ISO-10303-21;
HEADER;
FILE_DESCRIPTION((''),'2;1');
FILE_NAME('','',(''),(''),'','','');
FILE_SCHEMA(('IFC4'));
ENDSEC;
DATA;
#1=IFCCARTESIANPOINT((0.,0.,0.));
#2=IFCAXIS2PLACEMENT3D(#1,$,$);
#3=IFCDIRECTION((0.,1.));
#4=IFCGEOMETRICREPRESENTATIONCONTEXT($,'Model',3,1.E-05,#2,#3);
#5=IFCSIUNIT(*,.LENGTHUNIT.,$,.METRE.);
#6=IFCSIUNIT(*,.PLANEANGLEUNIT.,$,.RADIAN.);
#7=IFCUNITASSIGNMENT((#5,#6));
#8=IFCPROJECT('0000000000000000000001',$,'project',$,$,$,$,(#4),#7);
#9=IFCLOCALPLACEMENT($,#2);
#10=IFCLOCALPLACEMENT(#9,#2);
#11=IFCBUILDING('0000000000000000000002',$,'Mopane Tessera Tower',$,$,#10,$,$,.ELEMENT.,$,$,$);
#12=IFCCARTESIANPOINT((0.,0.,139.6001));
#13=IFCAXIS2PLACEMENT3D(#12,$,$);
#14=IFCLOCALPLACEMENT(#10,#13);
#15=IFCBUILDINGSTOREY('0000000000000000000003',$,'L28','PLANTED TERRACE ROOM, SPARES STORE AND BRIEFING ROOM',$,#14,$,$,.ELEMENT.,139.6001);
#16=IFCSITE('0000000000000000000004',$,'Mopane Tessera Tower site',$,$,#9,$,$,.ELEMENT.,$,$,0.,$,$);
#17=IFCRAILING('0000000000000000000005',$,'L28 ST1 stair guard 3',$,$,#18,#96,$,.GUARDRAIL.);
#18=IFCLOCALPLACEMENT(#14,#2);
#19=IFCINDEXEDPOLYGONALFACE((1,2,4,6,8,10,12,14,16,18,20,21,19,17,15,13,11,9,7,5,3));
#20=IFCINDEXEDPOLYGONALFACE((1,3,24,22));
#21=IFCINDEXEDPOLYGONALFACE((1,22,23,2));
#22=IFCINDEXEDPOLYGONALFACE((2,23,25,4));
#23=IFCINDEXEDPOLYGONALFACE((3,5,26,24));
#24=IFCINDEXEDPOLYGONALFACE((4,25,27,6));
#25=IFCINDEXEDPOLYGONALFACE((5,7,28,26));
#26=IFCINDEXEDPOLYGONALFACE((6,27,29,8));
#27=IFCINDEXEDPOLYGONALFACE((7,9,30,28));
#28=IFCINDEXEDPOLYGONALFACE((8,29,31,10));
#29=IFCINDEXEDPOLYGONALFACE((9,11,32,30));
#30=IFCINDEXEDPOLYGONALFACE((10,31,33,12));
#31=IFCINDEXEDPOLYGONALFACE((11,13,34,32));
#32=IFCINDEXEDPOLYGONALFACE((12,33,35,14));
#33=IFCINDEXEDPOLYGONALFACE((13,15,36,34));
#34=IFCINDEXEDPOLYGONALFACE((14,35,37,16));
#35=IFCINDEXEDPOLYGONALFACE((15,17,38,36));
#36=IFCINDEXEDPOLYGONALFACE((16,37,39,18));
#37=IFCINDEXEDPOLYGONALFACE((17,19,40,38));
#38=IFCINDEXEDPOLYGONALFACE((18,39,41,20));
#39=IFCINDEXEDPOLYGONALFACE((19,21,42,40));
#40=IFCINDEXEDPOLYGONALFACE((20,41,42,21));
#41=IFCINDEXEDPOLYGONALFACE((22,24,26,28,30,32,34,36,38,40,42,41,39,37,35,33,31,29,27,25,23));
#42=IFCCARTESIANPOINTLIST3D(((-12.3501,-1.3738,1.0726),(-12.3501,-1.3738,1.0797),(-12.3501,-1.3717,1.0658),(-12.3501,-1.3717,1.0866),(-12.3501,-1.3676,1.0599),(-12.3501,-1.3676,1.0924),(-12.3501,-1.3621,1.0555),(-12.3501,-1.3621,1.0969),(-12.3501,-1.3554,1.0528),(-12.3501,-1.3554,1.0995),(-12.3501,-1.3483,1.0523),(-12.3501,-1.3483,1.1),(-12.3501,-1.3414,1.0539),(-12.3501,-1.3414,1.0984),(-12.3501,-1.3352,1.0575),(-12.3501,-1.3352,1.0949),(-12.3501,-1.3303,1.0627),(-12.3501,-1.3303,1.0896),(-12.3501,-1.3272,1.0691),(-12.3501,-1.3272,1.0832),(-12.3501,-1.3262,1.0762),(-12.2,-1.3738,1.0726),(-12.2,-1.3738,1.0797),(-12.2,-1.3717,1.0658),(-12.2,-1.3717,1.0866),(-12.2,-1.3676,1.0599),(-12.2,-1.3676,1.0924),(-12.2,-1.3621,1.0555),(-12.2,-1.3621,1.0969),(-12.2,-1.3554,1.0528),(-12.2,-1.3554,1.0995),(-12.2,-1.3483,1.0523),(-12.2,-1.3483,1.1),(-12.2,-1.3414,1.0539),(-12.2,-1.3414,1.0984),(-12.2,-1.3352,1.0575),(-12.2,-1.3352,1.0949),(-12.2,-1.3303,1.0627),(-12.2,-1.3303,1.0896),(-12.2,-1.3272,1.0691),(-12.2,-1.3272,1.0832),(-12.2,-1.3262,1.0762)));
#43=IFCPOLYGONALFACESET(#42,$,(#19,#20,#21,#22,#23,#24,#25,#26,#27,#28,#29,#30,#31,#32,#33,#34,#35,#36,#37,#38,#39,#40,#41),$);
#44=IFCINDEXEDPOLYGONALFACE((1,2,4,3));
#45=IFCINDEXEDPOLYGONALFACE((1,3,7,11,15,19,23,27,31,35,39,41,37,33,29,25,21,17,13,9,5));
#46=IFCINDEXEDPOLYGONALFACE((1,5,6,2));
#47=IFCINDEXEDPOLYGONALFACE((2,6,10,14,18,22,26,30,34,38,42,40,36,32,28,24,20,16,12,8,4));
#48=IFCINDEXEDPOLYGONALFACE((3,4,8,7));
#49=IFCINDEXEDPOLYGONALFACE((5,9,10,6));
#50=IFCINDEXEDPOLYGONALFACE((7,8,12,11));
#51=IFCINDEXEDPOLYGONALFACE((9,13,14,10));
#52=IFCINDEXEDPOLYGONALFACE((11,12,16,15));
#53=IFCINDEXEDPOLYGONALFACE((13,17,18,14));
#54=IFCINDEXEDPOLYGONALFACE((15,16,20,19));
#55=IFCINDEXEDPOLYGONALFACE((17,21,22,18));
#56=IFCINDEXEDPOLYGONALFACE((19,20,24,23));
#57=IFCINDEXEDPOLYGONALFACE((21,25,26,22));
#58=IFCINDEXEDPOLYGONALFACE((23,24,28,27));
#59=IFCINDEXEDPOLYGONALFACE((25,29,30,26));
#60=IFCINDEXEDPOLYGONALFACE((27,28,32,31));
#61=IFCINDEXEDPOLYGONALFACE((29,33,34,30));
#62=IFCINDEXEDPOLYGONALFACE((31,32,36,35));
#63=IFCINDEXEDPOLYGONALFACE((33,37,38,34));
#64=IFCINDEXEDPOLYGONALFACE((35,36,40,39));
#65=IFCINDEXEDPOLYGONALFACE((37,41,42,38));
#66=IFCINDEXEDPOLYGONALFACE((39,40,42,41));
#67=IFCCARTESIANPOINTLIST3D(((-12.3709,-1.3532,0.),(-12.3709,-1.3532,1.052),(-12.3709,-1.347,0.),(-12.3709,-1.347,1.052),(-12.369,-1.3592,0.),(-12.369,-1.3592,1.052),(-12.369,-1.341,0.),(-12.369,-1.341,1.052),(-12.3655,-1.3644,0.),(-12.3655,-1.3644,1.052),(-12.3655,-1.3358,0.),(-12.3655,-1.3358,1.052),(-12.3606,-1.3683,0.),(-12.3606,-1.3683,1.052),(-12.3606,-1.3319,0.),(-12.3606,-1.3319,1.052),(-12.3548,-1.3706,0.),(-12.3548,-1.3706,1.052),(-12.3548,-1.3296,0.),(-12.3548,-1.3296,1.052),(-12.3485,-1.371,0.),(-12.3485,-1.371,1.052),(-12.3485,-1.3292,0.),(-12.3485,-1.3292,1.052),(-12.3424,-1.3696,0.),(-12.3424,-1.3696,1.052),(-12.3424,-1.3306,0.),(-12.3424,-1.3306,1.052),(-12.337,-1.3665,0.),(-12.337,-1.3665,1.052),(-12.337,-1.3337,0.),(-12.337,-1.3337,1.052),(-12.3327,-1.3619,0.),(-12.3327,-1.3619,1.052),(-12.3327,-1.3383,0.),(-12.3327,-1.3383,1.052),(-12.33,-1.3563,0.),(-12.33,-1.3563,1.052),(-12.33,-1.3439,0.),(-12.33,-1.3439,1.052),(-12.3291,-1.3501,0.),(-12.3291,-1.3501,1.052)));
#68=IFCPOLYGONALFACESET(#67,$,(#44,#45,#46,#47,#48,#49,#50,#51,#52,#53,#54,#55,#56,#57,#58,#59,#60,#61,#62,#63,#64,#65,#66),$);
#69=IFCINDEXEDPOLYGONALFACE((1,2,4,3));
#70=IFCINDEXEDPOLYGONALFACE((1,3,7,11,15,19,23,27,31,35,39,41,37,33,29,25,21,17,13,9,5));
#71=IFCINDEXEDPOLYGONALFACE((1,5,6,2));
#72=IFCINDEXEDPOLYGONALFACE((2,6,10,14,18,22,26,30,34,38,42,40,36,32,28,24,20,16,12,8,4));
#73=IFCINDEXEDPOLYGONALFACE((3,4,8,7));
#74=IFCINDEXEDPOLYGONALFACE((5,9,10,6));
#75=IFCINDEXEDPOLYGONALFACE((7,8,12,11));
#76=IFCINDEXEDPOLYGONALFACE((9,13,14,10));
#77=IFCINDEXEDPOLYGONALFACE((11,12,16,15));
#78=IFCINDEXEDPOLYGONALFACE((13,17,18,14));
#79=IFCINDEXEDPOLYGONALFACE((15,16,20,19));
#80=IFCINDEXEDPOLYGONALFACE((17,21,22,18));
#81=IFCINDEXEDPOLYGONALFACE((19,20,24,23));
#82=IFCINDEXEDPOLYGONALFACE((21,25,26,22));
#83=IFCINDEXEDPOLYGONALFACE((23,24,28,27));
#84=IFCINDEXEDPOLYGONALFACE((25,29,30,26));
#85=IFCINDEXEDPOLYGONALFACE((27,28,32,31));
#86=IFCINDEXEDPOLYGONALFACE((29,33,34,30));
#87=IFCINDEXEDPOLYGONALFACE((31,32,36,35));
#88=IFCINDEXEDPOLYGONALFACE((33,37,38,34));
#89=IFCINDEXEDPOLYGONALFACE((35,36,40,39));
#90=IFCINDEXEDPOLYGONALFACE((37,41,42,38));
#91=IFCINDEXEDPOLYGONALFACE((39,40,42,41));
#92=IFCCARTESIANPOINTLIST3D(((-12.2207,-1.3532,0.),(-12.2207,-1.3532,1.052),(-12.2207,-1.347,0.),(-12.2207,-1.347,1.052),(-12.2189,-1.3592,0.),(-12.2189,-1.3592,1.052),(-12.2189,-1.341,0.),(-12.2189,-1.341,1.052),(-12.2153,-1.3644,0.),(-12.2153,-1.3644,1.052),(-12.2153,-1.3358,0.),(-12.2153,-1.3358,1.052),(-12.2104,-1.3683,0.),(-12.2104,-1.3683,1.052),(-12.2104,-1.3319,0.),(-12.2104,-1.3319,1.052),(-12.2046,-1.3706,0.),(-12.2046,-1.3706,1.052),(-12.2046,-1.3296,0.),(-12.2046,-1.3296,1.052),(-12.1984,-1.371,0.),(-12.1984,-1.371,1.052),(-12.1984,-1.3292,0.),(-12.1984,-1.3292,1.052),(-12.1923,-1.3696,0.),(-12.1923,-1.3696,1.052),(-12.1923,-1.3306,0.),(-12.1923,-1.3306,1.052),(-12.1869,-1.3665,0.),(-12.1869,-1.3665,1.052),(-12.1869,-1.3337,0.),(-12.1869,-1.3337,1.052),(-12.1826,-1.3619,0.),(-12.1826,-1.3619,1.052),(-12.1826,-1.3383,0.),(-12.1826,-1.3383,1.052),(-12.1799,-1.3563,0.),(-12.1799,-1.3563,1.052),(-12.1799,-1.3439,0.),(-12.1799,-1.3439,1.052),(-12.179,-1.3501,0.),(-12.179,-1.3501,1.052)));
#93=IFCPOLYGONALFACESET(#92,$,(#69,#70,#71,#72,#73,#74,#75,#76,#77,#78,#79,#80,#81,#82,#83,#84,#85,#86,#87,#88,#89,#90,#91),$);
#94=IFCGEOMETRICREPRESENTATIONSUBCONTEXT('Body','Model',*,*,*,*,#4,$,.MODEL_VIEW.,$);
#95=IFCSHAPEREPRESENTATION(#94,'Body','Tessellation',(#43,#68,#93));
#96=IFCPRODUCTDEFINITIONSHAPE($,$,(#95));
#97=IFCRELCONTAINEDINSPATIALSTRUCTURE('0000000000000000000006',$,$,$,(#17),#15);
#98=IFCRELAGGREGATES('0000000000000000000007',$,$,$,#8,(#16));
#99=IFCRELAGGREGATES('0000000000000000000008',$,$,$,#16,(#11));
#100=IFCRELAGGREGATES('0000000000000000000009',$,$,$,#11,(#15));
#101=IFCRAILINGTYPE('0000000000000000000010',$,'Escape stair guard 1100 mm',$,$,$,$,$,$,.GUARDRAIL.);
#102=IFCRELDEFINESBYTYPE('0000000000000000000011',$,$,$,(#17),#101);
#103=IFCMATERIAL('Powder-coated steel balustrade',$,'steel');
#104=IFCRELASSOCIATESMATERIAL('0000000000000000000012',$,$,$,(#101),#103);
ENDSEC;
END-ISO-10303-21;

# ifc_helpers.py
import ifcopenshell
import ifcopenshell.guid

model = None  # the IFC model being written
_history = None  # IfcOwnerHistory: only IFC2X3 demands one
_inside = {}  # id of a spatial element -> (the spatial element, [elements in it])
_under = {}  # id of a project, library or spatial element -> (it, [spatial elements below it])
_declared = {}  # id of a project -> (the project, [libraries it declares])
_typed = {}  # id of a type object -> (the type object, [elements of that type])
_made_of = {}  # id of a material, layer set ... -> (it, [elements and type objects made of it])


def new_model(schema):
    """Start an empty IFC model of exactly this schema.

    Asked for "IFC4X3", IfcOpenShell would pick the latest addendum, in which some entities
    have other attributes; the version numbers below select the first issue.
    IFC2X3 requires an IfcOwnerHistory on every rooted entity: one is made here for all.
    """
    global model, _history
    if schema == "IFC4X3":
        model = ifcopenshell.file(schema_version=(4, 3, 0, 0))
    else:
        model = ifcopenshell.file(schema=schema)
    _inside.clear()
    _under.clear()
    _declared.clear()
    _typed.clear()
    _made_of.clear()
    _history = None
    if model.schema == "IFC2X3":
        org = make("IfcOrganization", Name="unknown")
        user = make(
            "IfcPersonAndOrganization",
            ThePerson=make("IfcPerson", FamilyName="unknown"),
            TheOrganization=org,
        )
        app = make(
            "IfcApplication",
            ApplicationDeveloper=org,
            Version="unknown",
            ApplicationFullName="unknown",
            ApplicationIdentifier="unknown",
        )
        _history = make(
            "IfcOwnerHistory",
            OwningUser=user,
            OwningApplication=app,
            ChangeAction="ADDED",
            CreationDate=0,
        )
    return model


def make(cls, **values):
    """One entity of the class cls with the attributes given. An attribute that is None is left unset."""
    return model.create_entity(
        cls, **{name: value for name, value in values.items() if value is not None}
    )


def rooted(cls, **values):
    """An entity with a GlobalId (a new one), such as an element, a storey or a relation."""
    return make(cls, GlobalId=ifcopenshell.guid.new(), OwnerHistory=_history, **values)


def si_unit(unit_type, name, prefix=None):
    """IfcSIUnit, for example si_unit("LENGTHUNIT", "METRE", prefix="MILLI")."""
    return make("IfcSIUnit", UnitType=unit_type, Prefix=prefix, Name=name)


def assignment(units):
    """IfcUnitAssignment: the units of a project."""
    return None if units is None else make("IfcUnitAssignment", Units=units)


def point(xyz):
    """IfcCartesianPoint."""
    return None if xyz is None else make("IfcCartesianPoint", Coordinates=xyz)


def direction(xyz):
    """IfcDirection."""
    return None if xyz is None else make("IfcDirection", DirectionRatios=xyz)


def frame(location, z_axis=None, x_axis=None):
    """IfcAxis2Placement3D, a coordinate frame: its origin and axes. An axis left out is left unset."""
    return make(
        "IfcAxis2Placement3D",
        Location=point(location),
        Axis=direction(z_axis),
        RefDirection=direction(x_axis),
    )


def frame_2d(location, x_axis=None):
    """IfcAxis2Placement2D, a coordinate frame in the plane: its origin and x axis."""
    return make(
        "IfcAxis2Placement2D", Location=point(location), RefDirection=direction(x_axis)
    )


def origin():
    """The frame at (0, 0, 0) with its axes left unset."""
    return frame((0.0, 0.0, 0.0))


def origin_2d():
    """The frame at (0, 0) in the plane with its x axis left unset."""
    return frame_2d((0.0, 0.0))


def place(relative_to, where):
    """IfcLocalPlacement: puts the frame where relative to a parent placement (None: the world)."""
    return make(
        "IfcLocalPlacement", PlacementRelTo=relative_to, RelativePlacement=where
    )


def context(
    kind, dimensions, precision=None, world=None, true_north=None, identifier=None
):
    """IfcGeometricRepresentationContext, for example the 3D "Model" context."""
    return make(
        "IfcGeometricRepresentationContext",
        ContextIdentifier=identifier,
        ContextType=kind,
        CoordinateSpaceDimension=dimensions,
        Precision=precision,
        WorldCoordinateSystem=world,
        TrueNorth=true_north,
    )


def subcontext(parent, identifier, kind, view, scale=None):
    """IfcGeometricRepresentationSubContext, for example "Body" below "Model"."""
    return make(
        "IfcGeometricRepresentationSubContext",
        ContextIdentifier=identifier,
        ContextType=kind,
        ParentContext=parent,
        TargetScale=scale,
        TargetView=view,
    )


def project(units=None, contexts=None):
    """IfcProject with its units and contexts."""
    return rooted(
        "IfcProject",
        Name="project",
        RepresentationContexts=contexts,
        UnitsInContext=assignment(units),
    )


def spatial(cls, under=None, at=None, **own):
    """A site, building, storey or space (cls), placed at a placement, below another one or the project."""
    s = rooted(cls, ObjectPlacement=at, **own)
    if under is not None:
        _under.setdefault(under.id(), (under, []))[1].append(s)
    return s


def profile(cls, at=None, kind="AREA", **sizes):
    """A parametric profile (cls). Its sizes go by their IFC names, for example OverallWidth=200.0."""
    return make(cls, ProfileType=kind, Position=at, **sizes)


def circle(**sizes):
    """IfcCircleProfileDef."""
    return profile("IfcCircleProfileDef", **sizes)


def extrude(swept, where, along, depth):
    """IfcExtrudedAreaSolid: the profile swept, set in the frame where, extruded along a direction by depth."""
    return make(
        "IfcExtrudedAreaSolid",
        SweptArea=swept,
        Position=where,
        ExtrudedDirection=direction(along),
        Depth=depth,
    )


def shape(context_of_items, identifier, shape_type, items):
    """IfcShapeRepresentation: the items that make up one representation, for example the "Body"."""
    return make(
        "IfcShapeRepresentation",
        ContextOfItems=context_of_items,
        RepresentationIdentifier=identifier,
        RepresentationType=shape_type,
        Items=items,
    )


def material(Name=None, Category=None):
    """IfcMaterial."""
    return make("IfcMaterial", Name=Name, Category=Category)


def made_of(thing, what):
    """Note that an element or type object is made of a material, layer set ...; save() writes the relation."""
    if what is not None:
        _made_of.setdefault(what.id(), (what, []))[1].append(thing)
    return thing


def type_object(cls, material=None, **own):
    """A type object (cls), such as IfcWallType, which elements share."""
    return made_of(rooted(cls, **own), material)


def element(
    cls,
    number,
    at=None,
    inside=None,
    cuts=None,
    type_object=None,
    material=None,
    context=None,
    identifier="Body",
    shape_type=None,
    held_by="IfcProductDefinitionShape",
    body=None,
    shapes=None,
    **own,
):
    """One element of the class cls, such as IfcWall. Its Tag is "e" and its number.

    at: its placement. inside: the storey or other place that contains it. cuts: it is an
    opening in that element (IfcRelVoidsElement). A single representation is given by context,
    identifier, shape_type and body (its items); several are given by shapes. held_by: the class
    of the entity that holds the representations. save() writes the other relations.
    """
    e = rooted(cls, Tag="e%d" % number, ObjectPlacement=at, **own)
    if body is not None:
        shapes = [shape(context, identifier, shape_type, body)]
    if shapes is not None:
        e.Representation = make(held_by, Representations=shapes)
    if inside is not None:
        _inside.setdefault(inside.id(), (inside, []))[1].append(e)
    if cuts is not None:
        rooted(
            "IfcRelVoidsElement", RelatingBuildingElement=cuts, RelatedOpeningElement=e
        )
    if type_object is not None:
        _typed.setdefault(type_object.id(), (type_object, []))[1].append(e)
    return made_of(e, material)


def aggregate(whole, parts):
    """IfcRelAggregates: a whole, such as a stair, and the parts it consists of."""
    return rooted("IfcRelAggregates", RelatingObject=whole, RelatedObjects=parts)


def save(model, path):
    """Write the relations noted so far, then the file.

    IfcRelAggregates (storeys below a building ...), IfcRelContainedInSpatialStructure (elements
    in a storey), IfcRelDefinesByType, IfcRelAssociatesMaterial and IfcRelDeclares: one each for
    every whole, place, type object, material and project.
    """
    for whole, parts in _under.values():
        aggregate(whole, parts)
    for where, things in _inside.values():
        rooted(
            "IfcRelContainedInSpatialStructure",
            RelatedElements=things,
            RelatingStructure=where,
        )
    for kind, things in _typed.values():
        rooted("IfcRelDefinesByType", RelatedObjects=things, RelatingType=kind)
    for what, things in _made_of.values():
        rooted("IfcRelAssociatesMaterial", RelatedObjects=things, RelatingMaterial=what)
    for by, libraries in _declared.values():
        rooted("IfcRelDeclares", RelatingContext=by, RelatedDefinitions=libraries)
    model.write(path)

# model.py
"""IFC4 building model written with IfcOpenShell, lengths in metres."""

from ifc_helpers import new_model, si_unit, direction, frame, origin, origin_2d, place, context, subcontext, project, spatial, circle, extrude, material, type_object, element, save


model = new_model("IFC4")

# Units and contexts
model_context = context("Model", 3, precision=1e-05, world=origin(), true_north=direction((0.0, 1.0)))
body_context = subcontext(model_context, "Body", "Model", "MODEL_VIEW")
ifc_project = project(units=[si_unit("LENGTHUNIT", "METRE"), si_unit("PLANEANGLEUNIT", "RADIAN")], contexts=[model_context])

# Site, building, storey
site_placement = place(None, origin())
site = spatial("IfcSite", under=ifc_project, at=site_placement, Name="Mopane Tessera Tower site", CompositionType="ELEMENT", RefElevation=0.0)
building_placement = place(site_placement, origin())
building = spatial("IfcBuilding", under=site, at=building_placement, Name="Mopane Tessera Tower", CompositionType="ELEMENT")
storey_placement = place(building_placement, frame((0.0, 0.0, 139.6001)))
storey = spatial("IfcBuildingStorey", under=building, at=storey_placement, Name="L28", Description="PLANTED TERRACE ROOM, SPARES STORE AND BRIEFING ROOM", CompositionType="ELEMENT", Elevation=139.6001)

# Railing
ifc_material_1 = material(Name="Powder-coated steel balustrade", Category="steel")
railing_type_1 = type_object("IfcRailingType", Name="Escape stair guard 1100 mm", PredefinedType="GUARDRAIL", material=ifc_material_1)
railing_1_placement = place(storey_placement, frame((-12.3501, -1.3501, 0.0)))
element("IfcRailing", 1, at=railing_1_placement, inside=storey, type_object=railing_type_1, Name="L28 ST1 stair guard 3", PredefinedType="GUARDRAIL", context=body_context, shape_type="SweptSolid", body=[
    extrude(circle(Radius=0.0239, at=origin_2d()), frame((0.0, 0.0, 1.0762), z_axis=(1.0, 0.0, 0.0), x_axis=(0.0, 1.0, 0.0)), (0.0, 0.0, 1.0), 0.1501),
    extrude(circle(Radius=0.021, at=origin_2d()), origin(), (0.0, 0.0, 1.0), 1.052),
    extrude(circle(Radius=0.021, at=origin_2d()), frame((0.1501, 0.0, 0.0)), (0.0, 0.0, 1.0), 1.052),
])

save(model, "model.ifc")
